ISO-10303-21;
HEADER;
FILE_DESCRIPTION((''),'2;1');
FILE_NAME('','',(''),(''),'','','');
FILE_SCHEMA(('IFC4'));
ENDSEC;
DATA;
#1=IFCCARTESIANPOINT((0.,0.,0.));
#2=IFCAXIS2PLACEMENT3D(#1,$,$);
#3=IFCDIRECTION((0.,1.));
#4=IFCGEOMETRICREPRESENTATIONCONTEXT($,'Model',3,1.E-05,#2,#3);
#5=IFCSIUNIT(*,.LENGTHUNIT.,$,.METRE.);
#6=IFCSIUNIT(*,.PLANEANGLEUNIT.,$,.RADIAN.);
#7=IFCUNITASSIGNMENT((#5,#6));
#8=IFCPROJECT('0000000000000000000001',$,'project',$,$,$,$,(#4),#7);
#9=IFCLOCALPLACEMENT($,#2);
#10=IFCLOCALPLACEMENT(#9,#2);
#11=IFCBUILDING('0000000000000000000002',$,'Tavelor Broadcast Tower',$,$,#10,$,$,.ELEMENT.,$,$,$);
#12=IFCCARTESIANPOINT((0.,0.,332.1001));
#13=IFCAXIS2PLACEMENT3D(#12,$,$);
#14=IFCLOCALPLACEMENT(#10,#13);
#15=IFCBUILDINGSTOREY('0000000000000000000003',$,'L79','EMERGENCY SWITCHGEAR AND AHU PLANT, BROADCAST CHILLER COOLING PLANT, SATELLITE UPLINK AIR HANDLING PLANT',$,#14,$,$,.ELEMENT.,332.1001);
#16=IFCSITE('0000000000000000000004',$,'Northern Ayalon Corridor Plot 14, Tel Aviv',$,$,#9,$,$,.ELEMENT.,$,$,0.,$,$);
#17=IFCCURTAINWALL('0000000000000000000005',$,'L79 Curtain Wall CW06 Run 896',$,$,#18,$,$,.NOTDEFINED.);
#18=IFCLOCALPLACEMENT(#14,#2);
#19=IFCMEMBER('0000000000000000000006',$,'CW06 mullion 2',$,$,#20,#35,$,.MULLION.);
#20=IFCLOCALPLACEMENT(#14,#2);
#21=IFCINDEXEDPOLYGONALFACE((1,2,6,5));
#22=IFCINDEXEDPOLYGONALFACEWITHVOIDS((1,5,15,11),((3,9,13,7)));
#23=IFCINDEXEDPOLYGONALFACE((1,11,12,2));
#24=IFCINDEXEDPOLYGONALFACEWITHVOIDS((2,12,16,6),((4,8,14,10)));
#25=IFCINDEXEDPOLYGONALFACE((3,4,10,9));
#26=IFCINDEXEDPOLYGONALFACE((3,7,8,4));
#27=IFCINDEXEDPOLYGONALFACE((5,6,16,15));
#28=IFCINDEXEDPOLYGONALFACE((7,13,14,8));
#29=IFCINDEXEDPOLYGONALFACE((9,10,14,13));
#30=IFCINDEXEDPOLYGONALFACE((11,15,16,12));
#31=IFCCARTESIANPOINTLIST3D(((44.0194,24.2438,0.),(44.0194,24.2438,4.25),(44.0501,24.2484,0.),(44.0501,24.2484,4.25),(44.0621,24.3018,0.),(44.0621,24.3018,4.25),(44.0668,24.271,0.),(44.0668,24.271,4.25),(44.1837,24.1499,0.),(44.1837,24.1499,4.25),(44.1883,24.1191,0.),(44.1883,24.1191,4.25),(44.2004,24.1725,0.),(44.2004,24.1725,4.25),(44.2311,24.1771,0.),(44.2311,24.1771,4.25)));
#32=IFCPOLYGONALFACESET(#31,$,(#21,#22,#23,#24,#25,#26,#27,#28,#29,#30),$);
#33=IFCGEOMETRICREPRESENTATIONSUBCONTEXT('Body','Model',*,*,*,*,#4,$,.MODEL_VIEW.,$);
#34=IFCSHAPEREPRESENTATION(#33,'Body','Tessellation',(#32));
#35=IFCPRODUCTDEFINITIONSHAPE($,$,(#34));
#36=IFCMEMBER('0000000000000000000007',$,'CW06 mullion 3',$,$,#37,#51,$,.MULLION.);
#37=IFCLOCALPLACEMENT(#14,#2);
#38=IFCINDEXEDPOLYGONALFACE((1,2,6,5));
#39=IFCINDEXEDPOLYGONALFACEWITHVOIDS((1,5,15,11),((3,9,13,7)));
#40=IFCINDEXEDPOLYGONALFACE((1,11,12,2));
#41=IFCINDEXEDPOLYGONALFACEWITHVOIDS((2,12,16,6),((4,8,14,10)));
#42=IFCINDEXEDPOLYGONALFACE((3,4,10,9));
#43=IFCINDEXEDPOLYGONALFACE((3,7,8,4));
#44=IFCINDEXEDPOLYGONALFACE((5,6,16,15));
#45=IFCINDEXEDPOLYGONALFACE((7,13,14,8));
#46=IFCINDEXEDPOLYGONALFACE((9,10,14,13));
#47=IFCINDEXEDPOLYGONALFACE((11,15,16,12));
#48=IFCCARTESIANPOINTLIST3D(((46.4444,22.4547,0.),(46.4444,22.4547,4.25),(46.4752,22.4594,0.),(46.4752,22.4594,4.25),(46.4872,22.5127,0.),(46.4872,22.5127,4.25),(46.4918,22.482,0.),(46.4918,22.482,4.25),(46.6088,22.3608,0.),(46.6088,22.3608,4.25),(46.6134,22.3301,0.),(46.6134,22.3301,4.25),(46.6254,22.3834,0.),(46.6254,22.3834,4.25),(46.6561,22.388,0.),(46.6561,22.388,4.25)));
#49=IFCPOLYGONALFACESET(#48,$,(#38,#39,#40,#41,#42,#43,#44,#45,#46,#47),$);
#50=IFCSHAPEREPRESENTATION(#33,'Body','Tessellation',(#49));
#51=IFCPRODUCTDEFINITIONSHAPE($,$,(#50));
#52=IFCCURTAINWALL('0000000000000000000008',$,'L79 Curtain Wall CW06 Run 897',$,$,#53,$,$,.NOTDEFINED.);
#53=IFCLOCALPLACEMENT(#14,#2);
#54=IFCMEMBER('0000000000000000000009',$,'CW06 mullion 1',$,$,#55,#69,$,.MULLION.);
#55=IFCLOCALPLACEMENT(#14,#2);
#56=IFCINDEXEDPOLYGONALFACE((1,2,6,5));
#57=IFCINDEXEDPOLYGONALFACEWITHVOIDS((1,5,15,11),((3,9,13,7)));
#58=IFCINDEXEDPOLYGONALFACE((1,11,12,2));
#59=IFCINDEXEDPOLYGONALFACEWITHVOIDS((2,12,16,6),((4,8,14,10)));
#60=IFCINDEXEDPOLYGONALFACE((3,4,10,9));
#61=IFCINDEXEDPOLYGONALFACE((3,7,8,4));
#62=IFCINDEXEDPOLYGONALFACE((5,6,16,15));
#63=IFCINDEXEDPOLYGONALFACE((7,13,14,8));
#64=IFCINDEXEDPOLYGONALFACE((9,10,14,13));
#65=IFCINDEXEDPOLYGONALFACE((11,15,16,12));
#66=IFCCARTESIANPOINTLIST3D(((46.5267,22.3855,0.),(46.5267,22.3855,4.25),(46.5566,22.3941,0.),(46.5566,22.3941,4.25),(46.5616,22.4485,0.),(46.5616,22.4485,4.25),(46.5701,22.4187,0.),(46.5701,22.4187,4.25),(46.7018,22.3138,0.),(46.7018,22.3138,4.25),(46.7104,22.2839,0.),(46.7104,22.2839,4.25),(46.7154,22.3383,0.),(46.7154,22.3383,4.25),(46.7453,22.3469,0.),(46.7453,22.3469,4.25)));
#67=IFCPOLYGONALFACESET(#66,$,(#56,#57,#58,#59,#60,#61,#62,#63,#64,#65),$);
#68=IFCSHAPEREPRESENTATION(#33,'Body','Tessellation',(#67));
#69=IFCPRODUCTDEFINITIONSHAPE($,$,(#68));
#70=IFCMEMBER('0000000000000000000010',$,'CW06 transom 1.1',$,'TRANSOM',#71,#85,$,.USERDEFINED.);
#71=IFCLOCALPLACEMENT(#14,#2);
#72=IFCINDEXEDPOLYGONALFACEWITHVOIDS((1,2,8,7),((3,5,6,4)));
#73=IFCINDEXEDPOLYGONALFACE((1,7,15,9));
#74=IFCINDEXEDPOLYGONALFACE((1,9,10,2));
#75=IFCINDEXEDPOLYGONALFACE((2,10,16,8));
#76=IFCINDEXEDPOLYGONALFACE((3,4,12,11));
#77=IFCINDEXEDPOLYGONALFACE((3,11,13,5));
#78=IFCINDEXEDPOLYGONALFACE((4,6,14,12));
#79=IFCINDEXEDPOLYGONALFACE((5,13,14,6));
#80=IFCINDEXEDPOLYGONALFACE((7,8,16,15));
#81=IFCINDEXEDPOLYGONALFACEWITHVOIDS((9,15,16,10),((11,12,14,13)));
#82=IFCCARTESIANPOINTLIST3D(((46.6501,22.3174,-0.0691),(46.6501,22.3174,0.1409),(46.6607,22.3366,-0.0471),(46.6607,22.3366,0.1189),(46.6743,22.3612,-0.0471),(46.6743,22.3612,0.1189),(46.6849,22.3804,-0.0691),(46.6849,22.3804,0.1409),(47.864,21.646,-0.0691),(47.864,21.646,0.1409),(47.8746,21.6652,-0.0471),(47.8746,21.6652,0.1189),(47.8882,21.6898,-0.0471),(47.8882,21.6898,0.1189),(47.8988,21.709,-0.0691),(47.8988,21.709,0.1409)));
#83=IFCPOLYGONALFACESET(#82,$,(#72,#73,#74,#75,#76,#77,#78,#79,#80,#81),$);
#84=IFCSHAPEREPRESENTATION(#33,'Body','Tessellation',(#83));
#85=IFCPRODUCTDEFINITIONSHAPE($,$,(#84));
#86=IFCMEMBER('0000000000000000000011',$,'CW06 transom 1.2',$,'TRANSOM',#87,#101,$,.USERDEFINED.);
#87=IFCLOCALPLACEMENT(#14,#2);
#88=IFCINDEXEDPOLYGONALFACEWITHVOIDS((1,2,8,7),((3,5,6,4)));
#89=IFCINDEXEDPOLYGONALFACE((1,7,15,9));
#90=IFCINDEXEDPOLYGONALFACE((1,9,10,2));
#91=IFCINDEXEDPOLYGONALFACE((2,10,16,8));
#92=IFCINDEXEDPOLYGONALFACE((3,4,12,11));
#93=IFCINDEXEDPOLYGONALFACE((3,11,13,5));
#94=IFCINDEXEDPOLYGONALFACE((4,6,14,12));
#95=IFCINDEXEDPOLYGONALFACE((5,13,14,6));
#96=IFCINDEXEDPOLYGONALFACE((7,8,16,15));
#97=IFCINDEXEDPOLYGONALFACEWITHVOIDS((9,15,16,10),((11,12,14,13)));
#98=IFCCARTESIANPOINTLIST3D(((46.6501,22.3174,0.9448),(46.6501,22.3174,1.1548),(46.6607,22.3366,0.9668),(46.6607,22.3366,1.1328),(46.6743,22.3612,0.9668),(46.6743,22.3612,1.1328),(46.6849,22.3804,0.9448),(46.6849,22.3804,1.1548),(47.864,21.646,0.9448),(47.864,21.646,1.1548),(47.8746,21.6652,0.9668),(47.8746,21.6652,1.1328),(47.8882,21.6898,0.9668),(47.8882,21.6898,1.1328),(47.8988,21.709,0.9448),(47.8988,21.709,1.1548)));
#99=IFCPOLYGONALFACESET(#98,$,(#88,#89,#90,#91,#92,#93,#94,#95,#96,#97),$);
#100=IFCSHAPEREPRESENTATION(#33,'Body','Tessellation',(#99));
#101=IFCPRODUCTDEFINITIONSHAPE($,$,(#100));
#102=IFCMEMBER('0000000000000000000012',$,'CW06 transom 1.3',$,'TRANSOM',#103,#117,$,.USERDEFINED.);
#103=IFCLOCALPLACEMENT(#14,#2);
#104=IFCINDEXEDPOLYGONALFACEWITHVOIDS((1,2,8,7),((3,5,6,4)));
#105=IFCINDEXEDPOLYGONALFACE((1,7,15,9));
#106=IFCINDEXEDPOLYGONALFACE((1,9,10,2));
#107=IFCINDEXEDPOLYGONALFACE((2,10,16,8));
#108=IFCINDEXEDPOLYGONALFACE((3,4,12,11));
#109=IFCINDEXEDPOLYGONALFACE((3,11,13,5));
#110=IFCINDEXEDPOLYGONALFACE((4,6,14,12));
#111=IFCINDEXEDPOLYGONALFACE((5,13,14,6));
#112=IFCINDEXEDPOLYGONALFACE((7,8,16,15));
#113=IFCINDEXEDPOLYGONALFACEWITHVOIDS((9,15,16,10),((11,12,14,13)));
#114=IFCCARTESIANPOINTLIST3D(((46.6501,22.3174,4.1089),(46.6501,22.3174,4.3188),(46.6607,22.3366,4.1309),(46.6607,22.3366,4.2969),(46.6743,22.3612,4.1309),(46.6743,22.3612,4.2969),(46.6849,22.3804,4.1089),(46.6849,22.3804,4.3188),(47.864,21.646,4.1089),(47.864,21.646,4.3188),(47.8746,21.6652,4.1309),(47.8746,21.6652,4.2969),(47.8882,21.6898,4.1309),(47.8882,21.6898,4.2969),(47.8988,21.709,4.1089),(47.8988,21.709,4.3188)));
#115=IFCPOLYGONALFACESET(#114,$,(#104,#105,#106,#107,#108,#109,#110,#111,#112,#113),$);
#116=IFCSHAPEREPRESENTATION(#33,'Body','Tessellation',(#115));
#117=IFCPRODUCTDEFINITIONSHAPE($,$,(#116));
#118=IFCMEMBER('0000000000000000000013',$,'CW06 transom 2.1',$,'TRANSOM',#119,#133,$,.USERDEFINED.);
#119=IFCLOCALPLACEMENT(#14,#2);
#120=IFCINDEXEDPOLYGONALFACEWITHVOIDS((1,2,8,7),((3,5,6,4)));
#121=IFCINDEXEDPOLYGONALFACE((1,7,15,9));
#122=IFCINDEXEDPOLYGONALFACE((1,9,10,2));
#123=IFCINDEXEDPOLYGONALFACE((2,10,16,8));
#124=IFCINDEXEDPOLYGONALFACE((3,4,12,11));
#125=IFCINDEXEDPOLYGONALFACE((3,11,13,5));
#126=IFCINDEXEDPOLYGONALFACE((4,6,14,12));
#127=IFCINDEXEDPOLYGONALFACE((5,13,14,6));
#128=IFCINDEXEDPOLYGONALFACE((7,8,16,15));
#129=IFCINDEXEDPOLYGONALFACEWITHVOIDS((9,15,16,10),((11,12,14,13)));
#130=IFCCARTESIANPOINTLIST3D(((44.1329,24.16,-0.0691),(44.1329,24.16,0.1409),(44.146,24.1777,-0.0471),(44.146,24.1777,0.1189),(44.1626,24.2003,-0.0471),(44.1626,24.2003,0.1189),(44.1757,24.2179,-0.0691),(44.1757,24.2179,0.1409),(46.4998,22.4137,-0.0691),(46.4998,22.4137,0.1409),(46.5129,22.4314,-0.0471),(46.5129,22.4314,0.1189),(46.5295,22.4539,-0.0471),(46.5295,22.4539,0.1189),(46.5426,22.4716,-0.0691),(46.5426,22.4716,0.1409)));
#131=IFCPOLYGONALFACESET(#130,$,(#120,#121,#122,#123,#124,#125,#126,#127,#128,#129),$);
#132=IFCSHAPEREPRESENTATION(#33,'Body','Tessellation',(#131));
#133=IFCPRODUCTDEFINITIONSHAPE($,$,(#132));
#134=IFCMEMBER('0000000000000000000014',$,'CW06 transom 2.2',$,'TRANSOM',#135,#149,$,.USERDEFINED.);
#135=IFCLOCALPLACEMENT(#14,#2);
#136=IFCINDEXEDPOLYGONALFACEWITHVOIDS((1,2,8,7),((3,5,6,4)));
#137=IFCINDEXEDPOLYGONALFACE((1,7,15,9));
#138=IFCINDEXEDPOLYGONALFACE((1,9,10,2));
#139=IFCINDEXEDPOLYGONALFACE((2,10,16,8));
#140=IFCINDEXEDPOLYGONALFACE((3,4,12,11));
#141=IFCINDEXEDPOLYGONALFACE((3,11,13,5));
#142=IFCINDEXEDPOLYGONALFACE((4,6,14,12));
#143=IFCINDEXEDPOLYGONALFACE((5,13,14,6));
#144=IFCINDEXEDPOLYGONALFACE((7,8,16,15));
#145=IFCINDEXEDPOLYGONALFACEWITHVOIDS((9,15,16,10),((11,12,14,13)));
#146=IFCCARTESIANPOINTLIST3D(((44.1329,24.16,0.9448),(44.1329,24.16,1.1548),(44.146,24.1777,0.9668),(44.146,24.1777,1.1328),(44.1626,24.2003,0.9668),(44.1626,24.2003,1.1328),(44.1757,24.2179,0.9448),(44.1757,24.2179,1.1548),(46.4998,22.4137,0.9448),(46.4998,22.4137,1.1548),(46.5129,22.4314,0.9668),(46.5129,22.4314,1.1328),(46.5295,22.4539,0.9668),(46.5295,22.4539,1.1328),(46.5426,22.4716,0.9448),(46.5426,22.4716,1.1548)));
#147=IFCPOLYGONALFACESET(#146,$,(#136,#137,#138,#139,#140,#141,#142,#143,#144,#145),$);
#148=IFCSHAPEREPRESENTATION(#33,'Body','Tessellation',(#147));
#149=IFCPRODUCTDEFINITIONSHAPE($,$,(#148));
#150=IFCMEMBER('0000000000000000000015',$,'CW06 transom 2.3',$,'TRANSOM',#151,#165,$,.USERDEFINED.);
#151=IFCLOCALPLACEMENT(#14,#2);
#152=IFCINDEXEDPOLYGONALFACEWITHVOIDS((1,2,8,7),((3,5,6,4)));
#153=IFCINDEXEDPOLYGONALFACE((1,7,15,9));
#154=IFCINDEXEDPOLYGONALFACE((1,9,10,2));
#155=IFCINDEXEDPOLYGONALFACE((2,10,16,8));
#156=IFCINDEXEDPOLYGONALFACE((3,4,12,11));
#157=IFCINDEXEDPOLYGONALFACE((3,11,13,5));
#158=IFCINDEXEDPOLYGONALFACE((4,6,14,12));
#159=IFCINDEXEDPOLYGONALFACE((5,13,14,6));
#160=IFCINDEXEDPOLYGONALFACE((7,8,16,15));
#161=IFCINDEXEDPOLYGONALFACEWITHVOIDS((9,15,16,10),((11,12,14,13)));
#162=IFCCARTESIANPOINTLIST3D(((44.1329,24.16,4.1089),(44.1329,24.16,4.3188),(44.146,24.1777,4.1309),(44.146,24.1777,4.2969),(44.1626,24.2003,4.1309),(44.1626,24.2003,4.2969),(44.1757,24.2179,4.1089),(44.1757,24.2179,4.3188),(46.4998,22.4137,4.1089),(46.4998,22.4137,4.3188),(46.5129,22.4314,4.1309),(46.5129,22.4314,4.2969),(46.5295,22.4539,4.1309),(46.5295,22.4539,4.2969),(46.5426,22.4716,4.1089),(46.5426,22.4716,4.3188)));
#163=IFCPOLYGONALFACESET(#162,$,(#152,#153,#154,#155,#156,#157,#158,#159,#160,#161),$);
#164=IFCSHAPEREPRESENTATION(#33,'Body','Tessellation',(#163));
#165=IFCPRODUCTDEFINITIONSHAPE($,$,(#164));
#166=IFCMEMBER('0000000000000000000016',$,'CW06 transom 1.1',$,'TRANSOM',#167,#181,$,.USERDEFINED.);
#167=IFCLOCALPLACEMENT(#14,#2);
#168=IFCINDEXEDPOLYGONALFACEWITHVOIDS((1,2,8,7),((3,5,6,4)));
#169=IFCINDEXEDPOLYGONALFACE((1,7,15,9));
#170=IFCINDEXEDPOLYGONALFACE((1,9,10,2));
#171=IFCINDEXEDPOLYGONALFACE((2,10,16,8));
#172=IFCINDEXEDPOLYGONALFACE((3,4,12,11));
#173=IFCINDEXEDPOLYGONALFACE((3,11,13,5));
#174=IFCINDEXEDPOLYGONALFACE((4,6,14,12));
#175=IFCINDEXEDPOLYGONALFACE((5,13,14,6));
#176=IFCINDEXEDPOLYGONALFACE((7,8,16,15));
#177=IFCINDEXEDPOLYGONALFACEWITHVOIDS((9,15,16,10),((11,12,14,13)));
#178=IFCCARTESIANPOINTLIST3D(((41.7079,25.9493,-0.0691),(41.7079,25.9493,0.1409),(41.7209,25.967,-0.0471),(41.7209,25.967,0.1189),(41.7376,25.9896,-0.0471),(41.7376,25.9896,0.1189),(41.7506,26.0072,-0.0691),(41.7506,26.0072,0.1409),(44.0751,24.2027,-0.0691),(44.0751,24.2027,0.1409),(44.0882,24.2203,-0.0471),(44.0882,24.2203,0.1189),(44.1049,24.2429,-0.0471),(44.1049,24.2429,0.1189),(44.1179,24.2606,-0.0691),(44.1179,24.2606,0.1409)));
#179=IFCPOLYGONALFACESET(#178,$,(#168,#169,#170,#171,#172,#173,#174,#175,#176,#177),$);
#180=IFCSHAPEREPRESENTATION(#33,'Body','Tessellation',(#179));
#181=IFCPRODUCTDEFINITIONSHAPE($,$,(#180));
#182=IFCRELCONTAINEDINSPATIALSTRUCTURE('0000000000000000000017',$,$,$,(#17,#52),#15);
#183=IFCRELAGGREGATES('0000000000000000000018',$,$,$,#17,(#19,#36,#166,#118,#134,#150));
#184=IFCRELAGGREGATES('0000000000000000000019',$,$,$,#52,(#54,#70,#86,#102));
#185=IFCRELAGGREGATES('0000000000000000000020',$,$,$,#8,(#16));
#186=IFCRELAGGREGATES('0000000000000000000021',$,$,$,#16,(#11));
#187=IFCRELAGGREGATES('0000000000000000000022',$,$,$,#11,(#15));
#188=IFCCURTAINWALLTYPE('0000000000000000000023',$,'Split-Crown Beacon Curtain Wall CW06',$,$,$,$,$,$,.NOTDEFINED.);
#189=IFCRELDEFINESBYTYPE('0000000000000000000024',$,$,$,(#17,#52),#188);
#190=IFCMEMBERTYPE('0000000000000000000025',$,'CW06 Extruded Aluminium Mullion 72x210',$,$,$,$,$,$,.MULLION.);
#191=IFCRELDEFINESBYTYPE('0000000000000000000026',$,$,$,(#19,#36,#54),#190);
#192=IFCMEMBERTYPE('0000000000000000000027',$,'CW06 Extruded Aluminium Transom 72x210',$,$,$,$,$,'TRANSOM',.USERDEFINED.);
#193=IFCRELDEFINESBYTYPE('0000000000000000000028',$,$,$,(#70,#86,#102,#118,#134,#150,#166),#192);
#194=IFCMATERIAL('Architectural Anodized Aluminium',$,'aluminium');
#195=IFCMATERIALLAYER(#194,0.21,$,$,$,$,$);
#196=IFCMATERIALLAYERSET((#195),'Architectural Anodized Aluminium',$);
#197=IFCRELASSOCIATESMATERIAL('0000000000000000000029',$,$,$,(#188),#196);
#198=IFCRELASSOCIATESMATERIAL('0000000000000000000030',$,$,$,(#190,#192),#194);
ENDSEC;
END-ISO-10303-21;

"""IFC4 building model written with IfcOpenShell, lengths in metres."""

from ifc_helpers import new_model, si_unit, direction, frame, origin, origin_2d, place, context, subcontext, project, spatial, hollow_rectangle, extrude, source, transform, mapped, material, layer, layer_set, material_profile, profile_set, type_object, type_shapes, element, aggregate, save


model = new_model("IFC4")

# Units and contexts
model_context = context("Model", 3, precision=1e-05, world=origin(), true_north=direction((0.0, 1.0)))
body_context = subcontext(model_context, "Body", "Model", "MODEL_VIEW")
ifc_project = project(units=[si_unit("LENGTHUNIT", "METRE"), si_unit("PLANEANGLEUNIT", "RADIAN")], contexts=[model_context])

# Site, building, storey
site_placement = place(None, origin())
site = spatial("IfcSite", under=ifc_project, at=site_placement, Name="Northern Ayalon Corridor Plot 14, Tel Aviv", CompositionType="ELEMENT", RefElevation=0.0)
building_placement = place(site_placement, origin())
building = spatial("IfcBuilding", under=site, at=building_placement, Name="Tavelor Broadcast Tower", CompositionType="ELEMENT")
storey_placement = place(building_placement, frame((0.0, 0.0, 332.1001)))
storey = spatial("IfcBuildingStorey", under=building, at=storey_placement, Name="L79", Description="EMERGENCY SWITCHGEAR AND AHU PLANT, BROADCAST CHILLER COOLING PLANT, SATELLITE UPLINK AIR HANDLING PLANT", CompositionType="ELEMENT", Elevation=332.1001)

# Curtain walls, members
ifc_material_1 = material(Name="Architectural Anodized Aluminium", Category="aluminium")
ifc_layer_1 = layer(ifc_material_1, 0.21)
ifc_layer_set_1 = layer_set([ifc_layer_1], Name="Architectural Anodized Aluminium")
curtain_wall_type = type_object("IfcCurtainWallType", Name="Split-Crown Beacon Curtain Wall CW06", PredefinedType="NOTDEFINED", material=ifc_layer_set_1)
curtain_wall_1_placement = place(storey_placement, origin())
curtain_wall_1 = element("IfcCurtainWall", 1, at=curtain_wall_1_placement, inside=storey, type_object=curtain_wall_type, Name="L79 Curtain Wall CW06 Run 896", PredefinedType="NOTDEFINED")
ifc_material_profile_1 = material_profile(ifc_material_1, hollow_rectangle(XDim=0.072, YDim=0.21, WallThickness=0.022, at=origin_2d()), Name="RHS 72x210x22")
ifc_profile_set_1 = profile_set([ifc_material_profile_1], Name="Architectural Anodized Aluminium")
member_type_1 = type_object("IfcMemberType", Name="CW06 Extruded Aluminium Mullion 72x210", PredefinedType="MULLION", material=ifc_profile_set_1)
shared_shape_1 = source(origin(), body_context, "Body", "SweptSolid", [
    extrude(hollow_rectangle(XDim=0.072, YDim=0.21, WallThickness=0.022, at=origin_2d()), origin(), (0.0, 0.0, 1.0), 4.25),
])
type_shapes(member_type_1, [shared_shape_1])
member_1_placement = place(storey_placement, frame((44.1252, 24.2104, 0.0), z_axis=(0.0, 0.0, 1.0), x_axis=(0.593701, 0.804686, 0.0)))
member_1 = element("IfcMember", 2, at=member_1_placement, type_object=member_type_1, Name="CW06 mullion 2", PredefinedType="MULLION", context=body_context, shape_type="MappedRepresentation", body=[
    mapped(shared_shape_1, transform((0.0, 0.0, 0.0), scale=1.0)),
])
member_2_placement = place(storey_placement, frame((46.5503, 22.4214, 0.0), z_axis=(0.0, 0.0, 1.0), x_axis=(0.593701, 0.804686, 0.0)))
member_2 = element("IfcMember", 3, at=member_2_placement, type_object=member_type_1, Name="CW06 mullion 3", PredefinedType="MULLION", context=body_context, shape_type="MappedRepresentation", body=[
    mapped(shared_shape_1, transform((0.0, 0.0, 0.0), scale=1.0)),
])
curtain_wall_2_placement = place(storey_placement, origin())
curtain_wall_2 = element("IfcCurtainWall", 4, at=curtain_wall_2_placement, inside=storey, type_object=curtain_wall_type, Name="L79 Curtain Wall CW06 Run 897", PredefinedType="NOTDEFINED")
member_3_placement = place(storey_placement, frame((46.636, 22.3662, 0.0), z_axis=(0.0, 0.0, 1.0), x_axis=(0.484001, 0.875068, 0.0)))
member_3 = element("IfcMember", 5, at=member_3_placement, type_object=member_type_1, Name="CW06 mullion 1", PredefinedType="MULLION", context=body_context, shape_type="MappedRepresentation", body=[
    mapped(shared_shape_1, transform((0.0, 0.0, 0.0), scale=1.0)),
])
ifc_material_profile_2 = material_profile(ifc_material_1, hollow_rectangle(XDim=0.072, YDim=0.21, WallThickness=0.022, at=origin_2d()), Name="RHS 72x210x22")
ifc_profile_set_2 = profile_set([ifc_material_profile_2], Name="Architectural Anodized Aluminium")
member_type_2 = type_object("IfcMemberType", Name="CW06 Extruded Aluminium Transom 72x210", ElementType="TRANSOM", PredefinedType="USERDEFINED", material=ifc_profile_set_2)
shared_shape_2 = source(origin(), body_context, "Body", "SweptSolid", [
    extrude(hollow_rectangle(XDim=0.072, YDim=0.21, WallThickness=0.022, at=origin_2d()), origin(), (0.0, 0.0, 1.0), 1.3872),
])
member_4_placement = place(storey_placement, frame((46.6675, 22.3489, 0.0359), z_axis=(0.875069, -0.483998, 0.0), x_axis=(0.483998, 0.875069, 0.0)))
member_4 = element("IfcMember", 6, at=member_4_placement, type_object=member_type_2, Name="CW06 transom 1.1", ObjectType="TRANSOM", PredefinedType="USERDEFINED", context=body_context, shape_type="MappedRepresentation", body=[
    mapped(shared_shape_2, transform((0.0, 0.0, 0.0), scale=1.0)),
])
member_5_placement = place(storey_placement, frame((46.6675, 22.3489, 1.0498), z_axis=(0.875069, -0.483998, 0.0), x_axis=(0.483998, 0.875069, 0.0)))
member_5 = element("IfcMember", 7, at=member_5_placement, type_object=member_type_2, Name="CW06 transom 1.2", ObjectType="TRANSOM", PredefinedType="USERDEFINED", context=body_context, shape_type="MappedRepresentation", body=[
    mapped(shared_shape_2, transform((0.0, 0.0, 0.0), scale=1.0)),
])
member_6_placement = place(storey_placement, frame((46.6675, 22.3489, 4.2139), z_axis=(0.875069, -0.483998, 0.0), x_axis=(0.483998, 0.875069, 0.0)))
member_6 = element("IfcMember", 8, at=member_6_placement, type_object=member_type_2, Name="CW06 transom 1.3", ObjectType="TRANSOM", PredefinedType="USERDEFINED", context=body_context, shape_type="MappedRepresentation", body=[
    mapped(shared_shape_2, transform((0.0, 0.0, 0.0), scale=1.0)),
])

# Members
shared_shape_3 = source(origin(), body_context, "Body", "SweptSolid", [
    extrude(hollow_rectangle(XDim=0.072, YDim=0.21, WallThickness=0.022, at=origin_2d()), origin(), (0.0, 0.0, 1.0), 2.9414),
])
member_7_placement = place(storey_placement, frame((44.1543, 24.189, 0.0359), z_axis=(0.804686, -0.5937, 0.0), x_axis=(0.5937, 0.804686, 0.0)))
member_7 = element("IfcMember", 9, at=member_7_placement, type_object=member_type_2, Name="CW06 transom 2.1", ObjectType="TRANSOM", PredefinedType="USERDEFINED", context=body_context, shape_type="MappedRepresentation", body=[
    mapped(shared_shape_3, transform((0.0, 0.0, 0.0), scale=1.0)),
])
member_8_placement = place(storey_placement, frame((44.1543, 24.189, 1.0498), z_axis=(0.804686, -0.5937, 0.0), x_axis=(0.5937, 0.804686, 0.0)))
member_8 = element("IfcMember", 10, at=member_8_placement, type_object=member_type_2, Name="CW06 transom 2.2", ObjectType="TRANSOM", PredefinedType="USERDEFINED", context=body_context, shape_type="MappedRepresentation", body=[
    mapped(shared_shape_3, transform((0.0, 0.0, 0.0), scale=1.0)),
])
member_9_placement = place(storey_placement, frame((44.1543, 24.189, 4.2139), z_axis=(0.804686, -0.5937, 0.0), x_axis=(0.5937, 0.804686, 0.0)))
member_9 = element("IfcMember", 11, at=member_9_placement, type_object=member_type_2, Name="CW06 transom 2.3", ObjectType="TRANSOM", PredefinedType="USERDEFINED", context=body_context, shape_type="MappedRepresentation", body=[
    mapped(shared_shape_3, transform((0.0, 0.0, 0.0), scale=1.0)),
])
shared_shape_4 = source(origin(), body_context, "Body", "SweptSolid", [
    extrude(hollow_rectangle(XDim=0.072, YDim=0.21, WallThickness=0.022, at=origin_2d()), origin(), (0.0, 0.0, 1.0), 2.9419),
])
type_shapes(member_type_2, [shared_shape_2, shared_shape_3, shared_shape_4])
member_10_placement = place(storey_placement, frame((41.7292, 25.9783, 0.0359), z_axis=(0.804676, -0.593714, 0.0), x_axis=(0.593714, 0.804676, 0.0)))
member_10 = element("IfcMember", 12, at=member_10_placement, type_object=member_type_2, Name="CW06 transom 1.1", ObjectType="TRANSOM", PredefinedType="USERDEFINED", context=body_context, shape_type="MappedRepresentation", body=[
    mapped(shared_shape_4, transform((0.0, 0.0, 0.0), scale=1.0)),
])

aggregate(curtain_wall_1, [member_1, member_2, member_10, member_7, member_8, member_9])
aggregate(curtain_wall_2, [member_3, member_4, member_5, member_6])

save(model, "model.ifc")
